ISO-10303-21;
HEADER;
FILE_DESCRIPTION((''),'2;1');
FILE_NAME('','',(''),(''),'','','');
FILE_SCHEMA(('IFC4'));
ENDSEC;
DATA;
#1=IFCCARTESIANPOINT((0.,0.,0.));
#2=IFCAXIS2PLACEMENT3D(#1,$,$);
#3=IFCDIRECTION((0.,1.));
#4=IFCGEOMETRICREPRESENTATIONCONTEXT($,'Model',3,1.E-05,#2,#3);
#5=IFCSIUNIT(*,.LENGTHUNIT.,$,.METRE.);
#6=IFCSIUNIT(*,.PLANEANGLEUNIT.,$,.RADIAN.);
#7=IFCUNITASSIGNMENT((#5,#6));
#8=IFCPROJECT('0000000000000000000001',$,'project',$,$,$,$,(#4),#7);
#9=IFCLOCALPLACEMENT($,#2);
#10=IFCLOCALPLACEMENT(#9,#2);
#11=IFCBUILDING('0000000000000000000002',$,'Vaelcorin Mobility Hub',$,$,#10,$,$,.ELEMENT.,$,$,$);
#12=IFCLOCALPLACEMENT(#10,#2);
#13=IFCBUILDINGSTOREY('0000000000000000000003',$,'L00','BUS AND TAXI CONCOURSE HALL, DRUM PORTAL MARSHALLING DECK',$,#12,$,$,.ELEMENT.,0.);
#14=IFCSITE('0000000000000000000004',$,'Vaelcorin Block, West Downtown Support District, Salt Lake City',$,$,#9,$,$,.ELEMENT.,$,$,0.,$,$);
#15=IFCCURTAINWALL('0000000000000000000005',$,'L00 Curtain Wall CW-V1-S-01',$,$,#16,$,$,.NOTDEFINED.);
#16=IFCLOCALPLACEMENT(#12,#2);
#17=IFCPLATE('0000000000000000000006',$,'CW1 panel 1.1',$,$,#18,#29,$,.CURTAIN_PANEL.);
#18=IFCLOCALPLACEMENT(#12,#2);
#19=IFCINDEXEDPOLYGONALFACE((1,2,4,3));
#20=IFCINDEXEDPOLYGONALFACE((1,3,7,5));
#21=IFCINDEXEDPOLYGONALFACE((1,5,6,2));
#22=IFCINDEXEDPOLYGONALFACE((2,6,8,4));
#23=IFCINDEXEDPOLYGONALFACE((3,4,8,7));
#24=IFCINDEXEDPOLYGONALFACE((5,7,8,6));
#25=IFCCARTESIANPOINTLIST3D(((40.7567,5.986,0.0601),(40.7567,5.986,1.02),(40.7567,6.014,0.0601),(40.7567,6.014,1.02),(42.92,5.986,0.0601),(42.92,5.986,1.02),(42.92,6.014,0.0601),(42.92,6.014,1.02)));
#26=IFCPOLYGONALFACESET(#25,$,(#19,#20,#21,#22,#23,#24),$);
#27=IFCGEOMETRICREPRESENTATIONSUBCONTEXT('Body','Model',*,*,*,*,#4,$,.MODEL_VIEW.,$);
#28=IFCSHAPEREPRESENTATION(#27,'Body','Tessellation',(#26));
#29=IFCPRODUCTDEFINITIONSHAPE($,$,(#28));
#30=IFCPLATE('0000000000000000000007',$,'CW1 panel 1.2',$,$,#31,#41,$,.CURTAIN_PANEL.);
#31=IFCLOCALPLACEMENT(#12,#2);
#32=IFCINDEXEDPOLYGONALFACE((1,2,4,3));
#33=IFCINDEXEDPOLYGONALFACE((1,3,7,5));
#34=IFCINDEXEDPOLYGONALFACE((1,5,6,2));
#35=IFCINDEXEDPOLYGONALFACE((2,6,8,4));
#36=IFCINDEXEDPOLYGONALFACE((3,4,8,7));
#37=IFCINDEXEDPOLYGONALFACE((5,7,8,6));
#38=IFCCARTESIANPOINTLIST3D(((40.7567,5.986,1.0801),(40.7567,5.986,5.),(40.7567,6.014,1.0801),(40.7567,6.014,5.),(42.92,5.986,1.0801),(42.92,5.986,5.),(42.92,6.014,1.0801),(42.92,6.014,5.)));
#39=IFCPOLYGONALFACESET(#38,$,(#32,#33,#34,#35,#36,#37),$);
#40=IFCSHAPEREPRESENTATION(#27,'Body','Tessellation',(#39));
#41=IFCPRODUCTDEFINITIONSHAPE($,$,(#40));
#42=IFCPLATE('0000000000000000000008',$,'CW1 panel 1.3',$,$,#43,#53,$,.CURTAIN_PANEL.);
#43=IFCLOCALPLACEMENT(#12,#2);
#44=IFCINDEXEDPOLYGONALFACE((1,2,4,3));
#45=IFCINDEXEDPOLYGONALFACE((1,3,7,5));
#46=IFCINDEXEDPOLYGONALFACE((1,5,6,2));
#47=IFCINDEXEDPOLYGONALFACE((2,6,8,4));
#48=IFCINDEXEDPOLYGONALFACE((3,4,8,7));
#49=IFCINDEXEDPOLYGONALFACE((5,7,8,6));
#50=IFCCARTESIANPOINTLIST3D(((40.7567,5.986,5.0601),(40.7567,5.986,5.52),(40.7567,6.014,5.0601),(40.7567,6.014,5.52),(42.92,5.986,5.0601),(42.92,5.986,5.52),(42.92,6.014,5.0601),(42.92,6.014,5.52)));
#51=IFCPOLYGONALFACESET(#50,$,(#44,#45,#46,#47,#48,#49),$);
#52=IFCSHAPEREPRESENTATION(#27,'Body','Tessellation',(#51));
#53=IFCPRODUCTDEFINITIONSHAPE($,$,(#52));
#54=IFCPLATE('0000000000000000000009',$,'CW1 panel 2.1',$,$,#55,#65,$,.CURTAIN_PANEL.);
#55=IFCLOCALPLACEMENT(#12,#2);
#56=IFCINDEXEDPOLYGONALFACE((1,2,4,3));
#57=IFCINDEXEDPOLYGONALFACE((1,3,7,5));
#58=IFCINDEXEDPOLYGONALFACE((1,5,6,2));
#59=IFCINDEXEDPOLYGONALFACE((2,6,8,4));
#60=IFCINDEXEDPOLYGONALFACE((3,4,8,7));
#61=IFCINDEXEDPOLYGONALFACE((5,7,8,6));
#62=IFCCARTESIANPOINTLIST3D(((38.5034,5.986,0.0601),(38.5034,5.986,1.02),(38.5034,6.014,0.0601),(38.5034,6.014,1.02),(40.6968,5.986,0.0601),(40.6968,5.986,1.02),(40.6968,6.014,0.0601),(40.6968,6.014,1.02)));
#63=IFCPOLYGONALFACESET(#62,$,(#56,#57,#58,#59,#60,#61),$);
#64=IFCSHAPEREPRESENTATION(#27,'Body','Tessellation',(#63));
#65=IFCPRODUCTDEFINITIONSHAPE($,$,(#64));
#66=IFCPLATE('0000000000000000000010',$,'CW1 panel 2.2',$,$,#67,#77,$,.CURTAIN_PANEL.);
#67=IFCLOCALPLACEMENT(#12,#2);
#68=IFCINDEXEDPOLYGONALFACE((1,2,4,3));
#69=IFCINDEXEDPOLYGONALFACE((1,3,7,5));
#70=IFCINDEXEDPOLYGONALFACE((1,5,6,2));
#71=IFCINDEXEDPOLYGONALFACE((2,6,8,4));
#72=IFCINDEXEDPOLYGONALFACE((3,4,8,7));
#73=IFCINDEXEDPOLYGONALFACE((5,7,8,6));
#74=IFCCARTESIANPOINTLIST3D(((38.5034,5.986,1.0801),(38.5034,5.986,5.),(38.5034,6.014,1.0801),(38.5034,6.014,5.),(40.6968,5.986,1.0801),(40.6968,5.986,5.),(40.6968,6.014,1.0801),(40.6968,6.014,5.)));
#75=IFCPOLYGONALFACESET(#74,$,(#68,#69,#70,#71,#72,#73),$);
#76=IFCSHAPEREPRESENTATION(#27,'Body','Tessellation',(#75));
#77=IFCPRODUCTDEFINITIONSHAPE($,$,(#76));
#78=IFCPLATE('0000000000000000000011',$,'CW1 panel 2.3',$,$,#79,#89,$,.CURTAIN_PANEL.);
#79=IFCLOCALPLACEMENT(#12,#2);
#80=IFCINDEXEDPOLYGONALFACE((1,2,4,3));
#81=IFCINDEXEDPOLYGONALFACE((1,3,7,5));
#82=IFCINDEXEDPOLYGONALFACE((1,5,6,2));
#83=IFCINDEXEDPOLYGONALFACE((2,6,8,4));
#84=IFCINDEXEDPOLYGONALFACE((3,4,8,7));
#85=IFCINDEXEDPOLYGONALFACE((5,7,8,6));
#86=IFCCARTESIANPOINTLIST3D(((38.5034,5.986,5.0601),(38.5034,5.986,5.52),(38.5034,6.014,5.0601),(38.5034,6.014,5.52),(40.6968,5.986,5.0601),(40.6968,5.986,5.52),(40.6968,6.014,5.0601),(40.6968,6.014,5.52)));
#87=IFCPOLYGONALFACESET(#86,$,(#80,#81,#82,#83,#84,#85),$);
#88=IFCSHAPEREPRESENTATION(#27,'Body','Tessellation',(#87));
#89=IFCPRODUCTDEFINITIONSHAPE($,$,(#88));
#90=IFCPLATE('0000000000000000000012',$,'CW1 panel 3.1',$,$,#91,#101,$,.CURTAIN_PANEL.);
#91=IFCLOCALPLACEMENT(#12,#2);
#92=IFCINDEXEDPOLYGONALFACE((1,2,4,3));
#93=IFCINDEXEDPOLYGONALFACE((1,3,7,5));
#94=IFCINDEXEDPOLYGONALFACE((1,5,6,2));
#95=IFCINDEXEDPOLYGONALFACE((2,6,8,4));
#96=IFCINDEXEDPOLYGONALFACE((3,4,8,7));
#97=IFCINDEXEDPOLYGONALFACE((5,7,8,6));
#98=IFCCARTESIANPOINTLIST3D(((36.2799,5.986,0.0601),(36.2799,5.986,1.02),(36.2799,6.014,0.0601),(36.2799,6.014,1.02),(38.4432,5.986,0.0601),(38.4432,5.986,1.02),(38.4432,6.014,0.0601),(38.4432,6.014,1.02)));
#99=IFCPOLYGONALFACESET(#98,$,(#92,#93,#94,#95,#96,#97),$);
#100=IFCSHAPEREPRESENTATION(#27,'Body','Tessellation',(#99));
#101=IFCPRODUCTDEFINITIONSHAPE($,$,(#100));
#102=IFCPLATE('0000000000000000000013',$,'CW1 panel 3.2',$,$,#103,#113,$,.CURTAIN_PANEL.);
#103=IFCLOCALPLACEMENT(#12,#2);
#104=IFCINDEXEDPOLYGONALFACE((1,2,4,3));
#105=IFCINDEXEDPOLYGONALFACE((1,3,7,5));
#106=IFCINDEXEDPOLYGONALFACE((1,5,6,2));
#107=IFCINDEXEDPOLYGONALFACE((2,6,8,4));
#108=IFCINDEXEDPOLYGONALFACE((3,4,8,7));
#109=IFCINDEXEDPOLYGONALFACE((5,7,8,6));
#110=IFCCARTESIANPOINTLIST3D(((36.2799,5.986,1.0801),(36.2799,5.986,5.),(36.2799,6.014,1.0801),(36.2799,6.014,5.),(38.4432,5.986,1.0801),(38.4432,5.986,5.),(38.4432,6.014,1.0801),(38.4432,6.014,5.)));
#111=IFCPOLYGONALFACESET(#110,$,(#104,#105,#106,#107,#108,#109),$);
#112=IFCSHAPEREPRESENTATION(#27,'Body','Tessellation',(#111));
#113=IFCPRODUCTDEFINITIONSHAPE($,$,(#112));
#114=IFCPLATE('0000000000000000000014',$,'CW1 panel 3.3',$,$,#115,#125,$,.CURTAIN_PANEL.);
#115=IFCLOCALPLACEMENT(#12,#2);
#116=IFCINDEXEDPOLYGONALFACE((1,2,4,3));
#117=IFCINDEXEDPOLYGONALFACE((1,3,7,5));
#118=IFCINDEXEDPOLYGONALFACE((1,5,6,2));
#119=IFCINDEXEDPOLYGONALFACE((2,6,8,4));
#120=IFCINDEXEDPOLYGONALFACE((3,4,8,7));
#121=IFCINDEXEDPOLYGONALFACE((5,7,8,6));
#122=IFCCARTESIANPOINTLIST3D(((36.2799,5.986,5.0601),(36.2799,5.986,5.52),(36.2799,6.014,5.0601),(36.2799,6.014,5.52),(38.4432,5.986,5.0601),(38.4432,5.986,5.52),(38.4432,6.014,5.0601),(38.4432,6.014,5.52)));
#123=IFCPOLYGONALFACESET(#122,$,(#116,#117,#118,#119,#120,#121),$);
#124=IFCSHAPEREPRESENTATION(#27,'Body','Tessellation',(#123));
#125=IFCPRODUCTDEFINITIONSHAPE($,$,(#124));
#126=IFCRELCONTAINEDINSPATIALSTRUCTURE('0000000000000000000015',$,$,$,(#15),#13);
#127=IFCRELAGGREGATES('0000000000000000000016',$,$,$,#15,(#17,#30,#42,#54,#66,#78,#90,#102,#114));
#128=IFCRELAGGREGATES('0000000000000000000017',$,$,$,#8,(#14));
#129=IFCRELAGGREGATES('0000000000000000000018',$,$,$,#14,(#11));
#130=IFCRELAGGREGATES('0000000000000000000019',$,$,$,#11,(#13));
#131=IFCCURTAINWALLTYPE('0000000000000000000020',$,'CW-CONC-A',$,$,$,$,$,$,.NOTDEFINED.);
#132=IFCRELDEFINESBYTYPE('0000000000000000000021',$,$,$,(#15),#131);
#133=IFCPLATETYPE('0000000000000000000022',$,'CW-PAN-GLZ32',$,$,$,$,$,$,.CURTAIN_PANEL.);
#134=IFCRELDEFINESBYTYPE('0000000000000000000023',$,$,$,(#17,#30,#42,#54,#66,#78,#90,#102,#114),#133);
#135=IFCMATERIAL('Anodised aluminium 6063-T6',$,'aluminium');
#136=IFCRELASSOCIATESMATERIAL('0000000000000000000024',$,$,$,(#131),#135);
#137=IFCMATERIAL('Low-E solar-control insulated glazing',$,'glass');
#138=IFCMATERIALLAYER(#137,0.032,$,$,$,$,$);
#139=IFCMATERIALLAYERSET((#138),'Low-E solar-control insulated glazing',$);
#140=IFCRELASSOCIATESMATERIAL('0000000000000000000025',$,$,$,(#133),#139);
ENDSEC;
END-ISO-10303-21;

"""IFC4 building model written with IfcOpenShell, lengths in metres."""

from ifc_helpers import new_model, si_unit, direction, frame, origin, origin_2d, place, context, subcontext, project, spatial, rectangle, extrude, material, layer, layer_set, type_object, element, aggregate, save


model = new_model("IFC4")

# Units and contexts
model_context = context("Model", 3, precision=1e-05, world=origin(), true_north=direction((0.0, 1.0)))
body_context = subcontext(model_context, "Body", "Model", "MODEL_VIEW")
ifc_project = project(units=[si_unit("LENGTHUNIT", "METRE"), si_unit("PLANEANGLEUNIT", "RADIAN")], contexts=[model_context])

# Site, building, storey
site_placement = place(None, origin())
site = spatial("IfcSite", under=ifc_project, at=site_placement, Name="Vaelcorin Block, West Downtown Support District, Salt Lake City", CompositionType="ELEMENT", RefElevation=0.0)
building_placement = place(site_placement, origin())
building = spatial("IfcBuilding", under=site, at=building_placement, Name="Vaelcorin Mobility Hub", CompositionType="ELEMENT")
storey_placement = place(building_placement, origin())
storey = spatial("IfcBuildingStorey", under=building, at=storey_placement, Name="L00", Description="BUS AND TAXI CONCOURSE HALL, DRUM PORTAL MARSHALLING DECK", CompositionType="ELEMENT", Elevation=0.0)

# Curtain wall, plates
ifc_material_1 = material(Name="Anodised aluminium 6063-T6", Category="aluminium")
curtain_wall_type = type_object("IfcCurtainWallType", Name="CW-CONC-A", PredefinedType="NOTDEFINED", material=ifc_material_1)
curtain_wall_placement = place(storey_placement, origin())
curtain_wall = element("IfcCurtainWall", 1, at=curtain_wall_placement, inside=storey, type_object=curtain_wall_type, Name="L00 Curtain Wall CW-V1-S-01", PredefinedType="NOTDEFINED")
ifc_material_2 = material(Name="Low-E solar-control insulated glazing", Category="glass")
ifc_layer = layer(ifc_material_2, 0.032)
ifc_layer_set = layer_set([ifc_layer], Name="Low-E solar-control insulated glazing")
plate_type = type_object("IfcPlateType", Name="CW-PAN-GLZ32", PredefinedType="CURTAIN_PANEL", material=ifc_layer_set)
plate_1_placement = place(storey_placement, frame((41.8384, 6.0, 0.0601), z_axis=(0.0, 0.0, 1.0), x_axis=(-1.0, 0.0, 0.0)))
plate_1 = element("IfcPlate", 2, at=plate_1_placement, type_object=plate_type, Name="CW1 panel 1.1", PredefinedType="CURTAIN_PANEL", context=body_context, shape_type="SweptSolid", body=[
    extrude(rectangle(XDim=2.1633, YDim=0.0281, at=origin_2d()), origin(), (0.0, 0.0, 1.0), 0.96),
])
plate_2_placement = place(storey_placement, frame((41.8384, 6.0, 1.0801), z_axis=(0.0, 0.0, 1.0), x_axis=(-1.0, 0.0, 0.0)))
plate_2 = element("IfcPlate", 3, at=plate_2_placement, type_object=plate_type, Name="CW1 panel 1.2", PredefinedType="CURTAIN_PANEL", context=body_context, shape_type="SweptSolid", body=[
    extrude(rectangle(XDim=2.1633, YDim=0.0281, at=origin_2d()), origin(), (0.0, 0.0, 1.0), 3.9199),
])
plate_3_placement = place(storey_placement, frame((41.8384, 6.0, 5.0601), z_axis=(0.0, 0.0, 1.0), x_axis=(-1.0, 0.0, 0.0)))
plate_3 = element("IfcPlate", 4, at=plate_3_placement, type_object=plate_type, Name="CW1 panel 1.3", PredefinedType="CURTAIN_PANEL", context=body_context, shape_type="SweptSolid", body=[
    extrude(rectangle(XDim=2.1633, YDim=0.0281, at=origin_2d()), origin(), (0.0, 0.0, 1.0), 0.46),
])
plate_4_placement = place(storey_placement, frame((39.6001, 6.0, 0.0601), z_axis=(0.0, 0.0, 1.0), x_axis=(-1.0, 0.0, 0.0)))
plate_4 = element("IfcPlate", 5, at=plate_4_placement, type_object=plate_type, Name="CW1 panel 2.1", PredefinedType="CURTAIN_PANEL", context=body_context, shape_type="SweptSolid", body=[
    extrude(rectangle(XDim=2.1934, YDim=0.0281, at=origin_2d()), origin(), (0.0, 0.0, 1.0), 0.96),
])
plate_5_placement = place(storey_placement, frame((39.6001, 6.0, 1.0801), z_axis=(0.0, 0.0, 1.0), x_axis=(-1.0, 0.0, 0.0)))
plate_5 = element("IfcPlate", 6, at=plate_5_placement, type_object=plate_type, Name="CW1 panel 2.2", PredefinedType="CURTAIN_PANEL", context=body_context, shape_type="SweptSolid", body=[
    extrude(rectangle(XDim=2.1934, YDim=0.0281, at=origin_2d()), origin(), (0.0, 0.0, 1.0), 3.9199),
])
plate_6_placement = place(storey_placement, frame((39.6001, 6.0, 5.0601), z_axis=(0.0, 0.0, 1.0), x_axis=(-1.0, 0.0, 0.0)))
plate_6 = element("IfcPlate", 7, at=plate_6_placement, type_object=plate_type, Name="CW1 panel 2.3", PredefinedType="CURTAIN_PANEL", context=body_context, shape_type="SweptSolid", body=[
    extrude(rectangle(XDim=2.1934, YDim=0.0281, at=origin_2d()), origin(), (0.0, 0.0, 1.0), 0.46),
])
plate_7_placement = place(storey_placement, frame((37.3616, 6.0, 0.0601), z_axis=(0.0, 0.0, 1.0), x_axis=(-1.0, 0.0, 0.0)))
plate_7 = element("IfcPlate", 8, at=plate_7_placement, type_object=plate_type, Name="CW1 panel 3.1", PredefinedType="CURTAIN_PANEL", context=body_context, shape_type="SweptSolid", body=[
    extrude(rectangle(XDim=2.1633, YDim=0.0281, at=origin_2d()), origin(), (0.0, 0.0, 1.0), 0.96),
])
plate_8_placement = place(storey_placement, frame((37.3616, 6.0, 1.0801), z_axis=(0.0, 0.0, 1.0), x_axis=(-1.0, 0.0, 0.0)))
plate_8 = element("IfcPlate", 9, at=plate_8_placement, type_object=plate_type, Name="CW1 panel 3.2", PredefinedType="CURTAIN_PANEL", context=body_context, shape_type="SweptSolid", body=[
    extrude(rectangle(XDim=2.1633, YDim=0.0281, at=origin_2d()), origin(), (0.0, 0.0, 1.0), 3.9199),
])
plate_9_placement = place(storey_placement, frame((37.3616, 6.0, 5.0601), z_axis=(0.0, 0.0, 1.0), x_axis=(-1.0, 0.0, 0.0)))
plate_9 = element("IfcPlate", 10, at=plate_9_placement, type_object=plate_type, Name="CW1 panel 3.3", PredefinedType="CURTAIN_PANEL", context=body_context, shape_type="SweptSolid", body=[
    extrude(rectangle(XDim=2.1633, YDim=0.0281, at=origin_2d()), origin(), (0.0, 0.0, 1.0), 0.46),
])
aggregate(curtain_wall, [plate_1, plate_2, plate_3, plate_4, plate_5, plate_6, plate_7, plate_8, plate_9])

save(model, "model.ifc")
